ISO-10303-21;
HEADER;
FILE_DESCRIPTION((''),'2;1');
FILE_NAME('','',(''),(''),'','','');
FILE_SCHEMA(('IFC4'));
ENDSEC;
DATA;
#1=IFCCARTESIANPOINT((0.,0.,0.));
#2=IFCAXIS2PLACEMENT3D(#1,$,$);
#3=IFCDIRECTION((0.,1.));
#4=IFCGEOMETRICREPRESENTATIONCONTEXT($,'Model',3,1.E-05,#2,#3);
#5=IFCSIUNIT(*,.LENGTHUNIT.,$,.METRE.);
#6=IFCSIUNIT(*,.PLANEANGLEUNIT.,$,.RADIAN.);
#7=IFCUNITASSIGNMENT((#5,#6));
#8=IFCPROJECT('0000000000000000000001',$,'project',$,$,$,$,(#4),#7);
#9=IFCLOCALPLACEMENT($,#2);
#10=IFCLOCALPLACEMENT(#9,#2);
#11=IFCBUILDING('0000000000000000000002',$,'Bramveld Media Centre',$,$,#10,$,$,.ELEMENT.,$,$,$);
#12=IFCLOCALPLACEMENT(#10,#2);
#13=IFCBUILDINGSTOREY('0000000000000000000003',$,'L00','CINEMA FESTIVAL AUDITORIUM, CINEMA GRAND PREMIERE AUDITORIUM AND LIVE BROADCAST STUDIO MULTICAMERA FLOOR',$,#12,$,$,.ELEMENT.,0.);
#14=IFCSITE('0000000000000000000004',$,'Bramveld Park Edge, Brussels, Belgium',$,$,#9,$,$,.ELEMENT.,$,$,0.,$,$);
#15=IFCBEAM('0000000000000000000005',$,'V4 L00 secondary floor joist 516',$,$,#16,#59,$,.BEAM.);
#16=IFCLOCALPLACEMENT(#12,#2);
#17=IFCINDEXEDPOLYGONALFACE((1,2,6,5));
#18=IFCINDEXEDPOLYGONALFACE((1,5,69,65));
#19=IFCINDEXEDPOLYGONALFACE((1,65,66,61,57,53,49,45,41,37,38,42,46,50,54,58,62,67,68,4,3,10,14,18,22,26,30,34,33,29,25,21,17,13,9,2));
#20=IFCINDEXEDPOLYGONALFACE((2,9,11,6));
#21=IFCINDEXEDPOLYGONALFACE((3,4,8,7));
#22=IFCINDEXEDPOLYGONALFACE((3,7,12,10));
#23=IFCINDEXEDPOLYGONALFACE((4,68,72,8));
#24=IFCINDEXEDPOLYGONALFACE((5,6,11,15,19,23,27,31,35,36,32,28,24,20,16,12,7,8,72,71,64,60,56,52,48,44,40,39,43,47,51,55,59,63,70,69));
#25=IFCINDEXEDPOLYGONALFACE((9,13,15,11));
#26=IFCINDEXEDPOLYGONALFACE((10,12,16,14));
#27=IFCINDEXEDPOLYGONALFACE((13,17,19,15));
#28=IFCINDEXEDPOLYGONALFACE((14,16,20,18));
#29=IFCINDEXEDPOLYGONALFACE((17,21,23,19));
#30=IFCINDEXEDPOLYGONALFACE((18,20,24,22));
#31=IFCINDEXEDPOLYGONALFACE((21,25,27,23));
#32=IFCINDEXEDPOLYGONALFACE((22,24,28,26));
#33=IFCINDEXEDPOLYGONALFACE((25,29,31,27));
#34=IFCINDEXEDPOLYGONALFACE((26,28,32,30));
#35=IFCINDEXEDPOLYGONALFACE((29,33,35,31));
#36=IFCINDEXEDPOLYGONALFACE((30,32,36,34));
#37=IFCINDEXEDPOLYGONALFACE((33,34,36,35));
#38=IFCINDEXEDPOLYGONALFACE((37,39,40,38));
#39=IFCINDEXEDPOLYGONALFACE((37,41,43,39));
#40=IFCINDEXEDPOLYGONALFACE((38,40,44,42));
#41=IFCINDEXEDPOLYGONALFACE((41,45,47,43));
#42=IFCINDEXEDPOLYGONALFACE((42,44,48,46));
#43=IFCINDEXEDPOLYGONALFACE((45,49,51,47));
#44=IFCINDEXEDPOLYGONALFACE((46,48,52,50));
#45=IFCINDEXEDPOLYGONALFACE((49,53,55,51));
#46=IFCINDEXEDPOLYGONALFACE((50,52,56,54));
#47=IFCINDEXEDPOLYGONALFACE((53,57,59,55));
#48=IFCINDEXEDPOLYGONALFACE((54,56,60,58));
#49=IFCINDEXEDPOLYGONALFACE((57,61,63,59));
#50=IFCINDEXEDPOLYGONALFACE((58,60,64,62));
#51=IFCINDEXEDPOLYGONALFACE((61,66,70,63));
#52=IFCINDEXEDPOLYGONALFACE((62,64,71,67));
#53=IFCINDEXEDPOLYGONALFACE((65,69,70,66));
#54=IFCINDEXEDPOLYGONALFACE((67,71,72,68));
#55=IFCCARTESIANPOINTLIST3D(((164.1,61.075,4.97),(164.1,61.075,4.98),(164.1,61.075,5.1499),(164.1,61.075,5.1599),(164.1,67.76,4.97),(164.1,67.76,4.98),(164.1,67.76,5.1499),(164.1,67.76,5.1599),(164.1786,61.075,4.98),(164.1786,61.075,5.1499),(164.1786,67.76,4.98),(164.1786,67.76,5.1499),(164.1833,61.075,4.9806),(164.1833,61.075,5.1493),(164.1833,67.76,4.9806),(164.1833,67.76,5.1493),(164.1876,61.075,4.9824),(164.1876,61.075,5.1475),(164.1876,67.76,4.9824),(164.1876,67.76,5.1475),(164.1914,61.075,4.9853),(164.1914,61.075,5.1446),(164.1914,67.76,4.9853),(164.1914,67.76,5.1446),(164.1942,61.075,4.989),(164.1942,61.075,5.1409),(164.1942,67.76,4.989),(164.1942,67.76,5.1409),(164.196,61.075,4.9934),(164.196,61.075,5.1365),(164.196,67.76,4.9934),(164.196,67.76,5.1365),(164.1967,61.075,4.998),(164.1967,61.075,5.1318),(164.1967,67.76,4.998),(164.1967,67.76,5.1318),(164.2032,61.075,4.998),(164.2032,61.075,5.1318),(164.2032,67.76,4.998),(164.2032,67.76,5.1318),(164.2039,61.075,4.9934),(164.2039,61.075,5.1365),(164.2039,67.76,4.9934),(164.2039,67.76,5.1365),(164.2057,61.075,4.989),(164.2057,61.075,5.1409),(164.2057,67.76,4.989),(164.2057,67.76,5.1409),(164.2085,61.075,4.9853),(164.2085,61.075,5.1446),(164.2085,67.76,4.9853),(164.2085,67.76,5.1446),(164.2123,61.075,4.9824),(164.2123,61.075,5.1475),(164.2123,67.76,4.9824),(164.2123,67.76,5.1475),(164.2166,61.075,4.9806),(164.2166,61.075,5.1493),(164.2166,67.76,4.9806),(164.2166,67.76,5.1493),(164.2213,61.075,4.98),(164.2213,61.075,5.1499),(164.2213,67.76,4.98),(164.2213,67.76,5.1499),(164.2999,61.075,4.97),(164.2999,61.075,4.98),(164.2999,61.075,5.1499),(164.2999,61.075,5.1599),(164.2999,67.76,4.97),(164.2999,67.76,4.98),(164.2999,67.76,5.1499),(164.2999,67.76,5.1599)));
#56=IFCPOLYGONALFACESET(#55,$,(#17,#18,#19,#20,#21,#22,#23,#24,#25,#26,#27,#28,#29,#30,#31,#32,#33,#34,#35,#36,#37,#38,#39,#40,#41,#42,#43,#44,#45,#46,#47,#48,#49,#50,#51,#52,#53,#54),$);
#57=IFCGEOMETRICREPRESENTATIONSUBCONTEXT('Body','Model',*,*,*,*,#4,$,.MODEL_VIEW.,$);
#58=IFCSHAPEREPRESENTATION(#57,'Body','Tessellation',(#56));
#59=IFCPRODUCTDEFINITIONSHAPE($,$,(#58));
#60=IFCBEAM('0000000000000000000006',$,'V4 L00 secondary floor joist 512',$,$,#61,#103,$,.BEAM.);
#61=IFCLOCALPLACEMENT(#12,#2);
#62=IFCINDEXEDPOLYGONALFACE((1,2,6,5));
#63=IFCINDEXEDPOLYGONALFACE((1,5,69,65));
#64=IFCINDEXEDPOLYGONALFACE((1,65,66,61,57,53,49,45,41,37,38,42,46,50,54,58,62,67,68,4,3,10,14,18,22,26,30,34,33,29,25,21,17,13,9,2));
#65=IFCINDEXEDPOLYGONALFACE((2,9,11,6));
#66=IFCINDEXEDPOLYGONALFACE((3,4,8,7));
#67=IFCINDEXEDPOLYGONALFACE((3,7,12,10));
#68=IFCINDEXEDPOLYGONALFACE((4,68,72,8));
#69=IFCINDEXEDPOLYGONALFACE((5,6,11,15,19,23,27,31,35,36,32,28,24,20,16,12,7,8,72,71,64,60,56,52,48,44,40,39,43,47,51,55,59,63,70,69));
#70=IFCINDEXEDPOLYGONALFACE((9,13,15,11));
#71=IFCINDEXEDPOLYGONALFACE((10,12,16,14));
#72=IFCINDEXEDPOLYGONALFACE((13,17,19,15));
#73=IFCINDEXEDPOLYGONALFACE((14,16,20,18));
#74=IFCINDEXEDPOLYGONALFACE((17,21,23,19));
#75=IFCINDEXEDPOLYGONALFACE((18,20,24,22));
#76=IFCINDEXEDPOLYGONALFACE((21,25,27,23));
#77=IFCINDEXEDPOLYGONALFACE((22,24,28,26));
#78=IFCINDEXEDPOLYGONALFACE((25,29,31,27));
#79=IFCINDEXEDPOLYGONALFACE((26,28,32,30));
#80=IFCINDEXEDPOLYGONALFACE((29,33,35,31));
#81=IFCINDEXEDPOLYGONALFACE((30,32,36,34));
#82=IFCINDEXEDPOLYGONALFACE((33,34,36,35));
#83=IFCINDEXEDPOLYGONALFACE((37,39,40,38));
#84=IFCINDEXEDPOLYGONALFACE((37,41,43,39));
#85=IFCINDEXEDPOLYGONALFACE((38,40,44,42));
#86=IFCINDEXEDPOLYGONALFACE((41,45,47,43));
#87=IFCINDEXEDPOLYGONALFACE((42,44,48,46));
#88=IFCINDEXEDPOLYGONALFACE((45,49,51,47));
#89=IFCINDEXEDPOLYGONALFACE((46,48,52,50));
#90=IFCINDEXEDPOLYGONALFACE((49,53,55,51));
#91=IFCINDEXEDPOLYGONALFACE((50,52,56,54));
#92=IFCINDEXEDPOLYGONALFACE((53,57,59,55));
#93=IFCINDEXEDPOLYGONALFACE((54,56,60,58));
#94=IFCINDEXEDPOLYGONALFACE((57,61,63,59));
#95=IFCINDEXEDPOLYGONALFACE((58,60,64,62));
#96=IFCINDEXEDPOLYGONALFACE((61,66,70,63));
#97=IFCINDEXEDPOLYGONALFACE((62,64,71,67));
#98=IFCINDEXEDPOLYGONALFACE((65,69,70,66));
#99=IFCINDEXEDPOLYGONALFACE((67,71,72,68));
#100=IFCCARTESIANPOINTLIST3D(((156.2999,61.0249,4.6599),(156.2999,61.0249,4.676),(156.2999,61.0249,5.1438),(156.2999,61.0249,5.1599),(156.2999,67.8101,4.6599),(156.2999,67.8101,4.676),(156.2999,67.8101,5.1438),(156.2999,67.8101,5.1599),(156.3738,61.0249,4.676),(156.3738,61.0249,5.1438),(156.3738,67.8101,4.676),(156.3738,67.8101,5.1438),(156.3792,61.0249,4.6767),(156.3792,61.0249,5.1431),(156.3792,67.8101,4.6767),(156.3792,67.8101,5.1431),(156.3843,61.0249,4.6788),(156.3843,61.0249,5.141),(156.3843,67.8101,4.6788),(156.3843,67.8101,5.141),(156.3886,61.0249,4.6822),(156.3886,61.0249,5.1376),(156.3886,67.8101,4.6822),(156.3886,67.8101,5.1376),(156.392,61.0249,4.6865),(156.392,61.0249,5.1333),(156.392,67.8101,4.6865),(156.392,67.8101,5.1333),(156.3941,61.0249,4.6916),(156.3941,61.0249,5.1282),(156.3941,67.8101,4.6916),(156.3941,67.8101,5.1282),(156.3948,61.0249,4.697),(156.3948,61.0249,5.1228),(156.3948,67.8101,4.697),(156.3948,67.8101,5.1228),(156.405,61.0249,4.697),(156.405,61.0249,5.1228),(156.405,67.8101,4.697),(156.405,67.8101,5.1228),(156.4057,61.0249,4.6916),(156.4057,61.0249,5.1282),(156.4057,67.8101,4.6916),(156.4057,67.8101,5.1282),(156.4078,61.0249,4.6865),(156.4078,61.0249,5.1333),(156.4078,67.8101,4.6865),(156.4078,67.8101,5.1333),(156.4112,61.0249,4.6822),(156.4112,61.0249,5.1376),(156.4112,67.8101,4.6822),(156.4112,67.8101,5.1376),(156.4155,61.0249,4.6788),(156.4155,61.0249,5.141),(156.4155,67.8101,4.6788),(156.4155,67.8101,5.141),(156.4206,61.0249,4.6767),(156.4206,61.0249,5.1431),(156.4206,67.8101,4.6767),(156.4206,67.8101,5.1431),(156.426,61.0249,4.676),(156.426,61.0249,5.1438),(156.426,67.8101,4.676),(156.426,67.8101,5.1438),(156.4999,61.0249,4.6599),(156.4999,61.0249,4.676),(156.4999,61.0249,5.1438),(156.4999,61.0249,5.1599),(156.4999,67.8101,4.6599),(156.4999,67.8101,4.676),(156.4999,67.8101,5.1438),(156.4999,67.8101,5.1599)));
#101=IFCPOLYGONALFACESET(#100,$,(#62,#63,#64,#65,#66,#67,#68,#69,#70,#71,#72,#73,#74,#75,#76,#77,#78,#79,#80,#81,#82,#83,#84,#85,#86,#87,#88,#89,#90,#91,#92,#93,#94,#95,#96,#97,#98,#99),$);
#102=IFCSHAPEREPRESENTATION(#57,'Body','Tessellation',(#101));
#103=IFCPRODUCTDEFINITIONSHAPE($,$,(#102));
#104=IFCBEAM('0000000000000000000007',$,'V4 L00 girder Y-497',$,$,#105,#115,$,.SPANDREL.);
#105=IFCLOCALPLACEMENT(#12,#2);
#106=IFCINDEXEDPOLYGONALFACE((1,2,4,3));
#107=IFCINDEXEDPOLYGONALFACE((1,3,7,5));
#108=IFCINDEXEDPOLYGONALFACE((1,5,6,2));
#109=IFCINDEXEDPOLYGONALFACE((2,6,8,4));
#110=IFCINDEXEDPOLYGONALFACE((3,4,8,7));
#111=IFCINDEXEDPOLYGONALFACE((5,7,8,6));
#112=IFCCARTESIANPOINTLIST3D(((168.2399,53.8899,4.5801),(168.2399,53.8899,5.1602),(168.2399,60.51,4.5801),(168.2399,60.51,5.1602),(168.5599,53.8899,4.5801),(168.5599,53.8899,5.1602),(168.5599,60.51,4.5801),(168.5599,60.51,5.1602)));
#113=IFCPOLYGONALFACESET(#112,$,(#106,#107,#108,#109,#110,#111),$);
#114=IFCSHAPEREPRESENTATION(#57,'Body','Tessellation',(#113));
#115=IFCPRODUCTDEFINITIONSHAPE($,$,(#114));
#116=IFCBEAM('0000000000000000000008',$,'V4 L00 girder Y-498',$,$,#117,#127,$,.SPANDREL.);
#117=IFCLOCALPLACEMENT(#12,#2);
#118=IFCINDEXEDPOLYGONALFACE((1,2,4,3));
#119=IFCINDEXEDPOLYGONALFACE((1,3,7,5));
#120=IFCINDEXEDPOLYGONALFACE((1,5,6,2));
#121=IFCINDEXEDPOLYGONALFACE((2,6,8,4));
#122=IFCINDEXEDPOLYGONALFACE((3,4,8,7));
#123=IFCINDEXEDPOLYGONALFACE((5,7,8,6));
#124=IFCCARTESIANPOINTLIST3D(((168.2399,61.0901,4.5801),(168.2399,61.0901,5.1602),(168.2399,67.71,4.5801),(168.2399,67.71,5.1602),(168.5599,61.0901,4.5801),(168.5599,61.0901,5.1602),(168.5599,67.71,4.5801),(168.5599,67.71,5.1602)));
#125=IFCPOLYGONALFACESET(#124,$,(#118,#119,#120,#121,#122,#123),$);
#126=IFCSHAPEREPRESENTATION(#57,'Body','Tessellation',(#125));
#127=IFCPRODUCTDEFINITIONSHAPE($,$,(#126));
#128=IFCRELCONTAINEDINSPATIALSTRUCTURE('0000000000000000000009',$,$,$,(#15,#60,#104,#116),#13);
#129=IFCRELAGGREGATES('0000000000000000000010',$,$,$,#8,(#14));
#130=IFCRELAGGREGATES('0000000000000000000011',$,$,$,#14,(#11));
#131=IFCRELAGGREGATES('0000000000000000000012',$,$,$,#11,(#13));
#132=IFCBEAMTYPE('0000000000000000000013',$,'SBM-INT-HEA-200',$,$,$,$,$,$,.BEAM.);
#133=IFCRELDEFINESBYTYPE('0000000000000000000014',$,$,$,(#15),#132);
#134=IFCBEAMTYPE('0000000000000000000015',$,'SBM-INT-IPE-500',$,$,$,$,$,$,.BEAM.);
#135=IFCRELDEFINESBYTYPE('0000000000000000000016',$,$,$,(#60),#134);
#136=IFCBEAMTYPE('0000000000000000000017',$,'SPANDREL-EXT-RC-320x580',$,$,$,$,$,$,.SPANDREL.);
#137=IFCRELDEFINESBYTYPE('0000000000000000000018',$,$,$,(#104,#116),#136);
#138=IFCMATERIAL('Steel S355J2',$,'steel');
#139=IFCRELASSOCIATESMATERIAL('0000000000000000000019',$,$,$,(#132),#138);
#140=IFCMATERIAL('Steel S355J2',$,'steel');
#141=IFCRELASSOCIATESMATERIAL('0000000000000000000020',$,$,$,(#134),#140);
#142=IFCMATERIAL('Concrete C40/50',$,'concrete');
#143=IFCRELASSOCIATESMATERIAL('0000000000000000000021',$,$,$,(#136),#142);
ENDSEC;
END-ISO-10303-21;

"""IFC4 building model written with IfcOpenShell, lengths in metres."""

from ifc_helpers import new_model, si_unit, direction, frame, origin, origin_2d, place, context, subcontext, project, spatial, rectangle, i_section, extrude, material, material_profile, profile_set, type_object, element, save


model = new_model("IFC4")

# Units and contexts
model_context = context("Model", 3, precision=1e-05, world=origin(), true_north=direction((0.0, 1.0)))
body_context = subcontext(model_context, "Body", "Model", "MODEL_VIEW")
ifc_project = project(units=[si_unit("LENGTHUNIT", "METRE"), si_unit("PLANEANGLEUNIT", "RADIAN")], contexts=[model_context])

# Site, building, storey
site_placement = place(None, origin())
site = spatial("IfcSite", under=ifc_project, at=site_placement, Name="Bramveld Park Edge, Brussels, Belgium", CompositionType="ELEMENT", RefElevation=0.0)
building_placement = place(site_placement, origin())
building = spatial("IfcBuilding", under=site, at=building_placement, Name="Bramveld Media Centre", CompositionType="ELEMENT")
storey_placement = place(building_placement, origin())
storey = spatial("IfcBuildingStorey", under=building, at=storey_placement, Name="L00", Description="CINEMA FESTIVAL AUDITORIUM, CINEMA GRAND PREMIERE AUDITORIUM AND LIVE BROADCAST STUDIO MULTICAMERA FLOOR", CompositionType="ELEMENT", Elevation=0.0)

# Beams
ifc_material_1 = material(Name="Steel S355J2", Category="steel")
ifc_material_profile_1 = material_profile(ifc_material_1, i_section(OverallWidth=0.2, OverallDepth=0.1899, WebThickness=0.0066, FlangeThickness=0.01, FilletRadius=0.0181, at=origin_2d()), Name="HEA 200")
ifc_profile_set_1 = profile_set([ifc_material_profile_1], Name="Steel S355J2")
beam_type_1 = type_object("IfcBeamType", Name="SBM-INT-HEA-200", PredefinedType="BEAM", material=ifc_profile_set_1)
beam_1_placement = place(storey_placement, frame((164.2, 61.075, 5.0649), z_axis=(0.0, 1.0, 0.0), x_axis=(-1.0, 0.0, 0.0)))
element("IfcBeam", 1, at=beam_1_placement, inside=storey, type_object=beam_type_1, Name="V4 L00 secondary floor joist 516", PredefinedType="BEAM", context=body_context, shape_type="SweptSolid", body=[
    extrude(i_section(OverallWidth=0.2, OverallDepth=0.1899, WebThickness=0.0066, FlangeThickness=0.01, FilletRadius=0.0181, at=origin_2d()), origin(), (0.0, 0.0, 1.0), 6.6851),
])
ifc_material_2 = material(Name="Steel S355J2", Category="steel")
ifc_material_profile_2 = material_profile(ifc_material_2, i_section(OverallWidth=0.2, OverallDepth=0.5, WebThickness=0.0103, FlangeThickness=0.0161, FilletRadius=0.021, at=origin_2d()), Name="IPE 500")
ifc_profile_set_2 = profile_set([ifc_material_profile_2], Name="Steel S355J2")
beam_type_2 = type_object("IfcBeamType", Name="SBM-INT-IPE-500", PredefinedType="BEAM", material=ifc_profile_set_2)
beam_2_placement = place(storey_placement, frame((156.3999, 61.0249, 4.9099), z_axis=(0.0, 1.0, 0.0), x_axis=(-1.0, 0.0, 0.0)))
element("IfcBeam", 2, at=beam_2_placement, inside=storey, type_object=beam_type_2, Name="V4 L00 secondary floor joist 512", PredefinedType="BEAM", context=body_context, shape_type="SweptSolid", body=[
    extrude(i_section(OverallWidth=0.2, OverallDepth=0.5, WebThickness=0.0103, FlangeThickness=0.0161, FilletRadius=0.021, at=origin_2d()), origin(), (0.0, 0.0, 1.0), 6.7852),
])
ifc_material_3 = material(Name="Concrete C40/50", Category="concrete")
ifc_material_profile_3 = material_profile(ifc_material_3, rectangle(XDim=0.3201, YDim=0.5801, at=origin_2d()), Name="RC 320x580")
ifc_profile_set_3 = profile_set([ifc_material_profile_3], Name="Concrete C40/50")
beam_type_3 = type_object("IfcBeamType", Name="SPANDREL-EXT-RC-320x580", PredefinedType="SPANDREL", material=ifc_profile_set_3)
beam_3_placement = place(storey_placement, frame((168.3999, 53.8899, 4.8701), z_axis=(0.0, 1.0, 0.0), x_axis=(-1.0, 0.0, 0.0)))
element("IfcBeam", 3, at=beam_3_placement, inside=storey, type_object=beam_type_3, Name="V4 L00 girder Y-497", PredefinedType="SPANDREL", context=body_context, shape_type="SweptSolid", body=[
    extrude(rectangle(XDim=0.3201, YDim=0.5801, at=origin_2d()), origin(), (0.0, 0.0, 1.0), 6.6201),
])
beam_4_placement = place(storey_placement, frame((168.3999, 61.0901, 4.8701), z_axis=(0.0, 1.0, 0.0), x_axis=(-1.0, 0.0, 0.0)))
element("IfcBeam", 4, at=beam_4_placement, inside=storey, type_object=beam_type_3, Name="V4 L00 girder Y-498", PredefinedType="SPANDREL", context=body_context, shape_type="SweptSolid", body=[
    extrude(rectangle(XDim=0.3201, YDim=0.5801, at=origin_2d()), origin(), (0.0, 0.0, 1.0), 6.6199),
])

save(model, "model.ifc")
